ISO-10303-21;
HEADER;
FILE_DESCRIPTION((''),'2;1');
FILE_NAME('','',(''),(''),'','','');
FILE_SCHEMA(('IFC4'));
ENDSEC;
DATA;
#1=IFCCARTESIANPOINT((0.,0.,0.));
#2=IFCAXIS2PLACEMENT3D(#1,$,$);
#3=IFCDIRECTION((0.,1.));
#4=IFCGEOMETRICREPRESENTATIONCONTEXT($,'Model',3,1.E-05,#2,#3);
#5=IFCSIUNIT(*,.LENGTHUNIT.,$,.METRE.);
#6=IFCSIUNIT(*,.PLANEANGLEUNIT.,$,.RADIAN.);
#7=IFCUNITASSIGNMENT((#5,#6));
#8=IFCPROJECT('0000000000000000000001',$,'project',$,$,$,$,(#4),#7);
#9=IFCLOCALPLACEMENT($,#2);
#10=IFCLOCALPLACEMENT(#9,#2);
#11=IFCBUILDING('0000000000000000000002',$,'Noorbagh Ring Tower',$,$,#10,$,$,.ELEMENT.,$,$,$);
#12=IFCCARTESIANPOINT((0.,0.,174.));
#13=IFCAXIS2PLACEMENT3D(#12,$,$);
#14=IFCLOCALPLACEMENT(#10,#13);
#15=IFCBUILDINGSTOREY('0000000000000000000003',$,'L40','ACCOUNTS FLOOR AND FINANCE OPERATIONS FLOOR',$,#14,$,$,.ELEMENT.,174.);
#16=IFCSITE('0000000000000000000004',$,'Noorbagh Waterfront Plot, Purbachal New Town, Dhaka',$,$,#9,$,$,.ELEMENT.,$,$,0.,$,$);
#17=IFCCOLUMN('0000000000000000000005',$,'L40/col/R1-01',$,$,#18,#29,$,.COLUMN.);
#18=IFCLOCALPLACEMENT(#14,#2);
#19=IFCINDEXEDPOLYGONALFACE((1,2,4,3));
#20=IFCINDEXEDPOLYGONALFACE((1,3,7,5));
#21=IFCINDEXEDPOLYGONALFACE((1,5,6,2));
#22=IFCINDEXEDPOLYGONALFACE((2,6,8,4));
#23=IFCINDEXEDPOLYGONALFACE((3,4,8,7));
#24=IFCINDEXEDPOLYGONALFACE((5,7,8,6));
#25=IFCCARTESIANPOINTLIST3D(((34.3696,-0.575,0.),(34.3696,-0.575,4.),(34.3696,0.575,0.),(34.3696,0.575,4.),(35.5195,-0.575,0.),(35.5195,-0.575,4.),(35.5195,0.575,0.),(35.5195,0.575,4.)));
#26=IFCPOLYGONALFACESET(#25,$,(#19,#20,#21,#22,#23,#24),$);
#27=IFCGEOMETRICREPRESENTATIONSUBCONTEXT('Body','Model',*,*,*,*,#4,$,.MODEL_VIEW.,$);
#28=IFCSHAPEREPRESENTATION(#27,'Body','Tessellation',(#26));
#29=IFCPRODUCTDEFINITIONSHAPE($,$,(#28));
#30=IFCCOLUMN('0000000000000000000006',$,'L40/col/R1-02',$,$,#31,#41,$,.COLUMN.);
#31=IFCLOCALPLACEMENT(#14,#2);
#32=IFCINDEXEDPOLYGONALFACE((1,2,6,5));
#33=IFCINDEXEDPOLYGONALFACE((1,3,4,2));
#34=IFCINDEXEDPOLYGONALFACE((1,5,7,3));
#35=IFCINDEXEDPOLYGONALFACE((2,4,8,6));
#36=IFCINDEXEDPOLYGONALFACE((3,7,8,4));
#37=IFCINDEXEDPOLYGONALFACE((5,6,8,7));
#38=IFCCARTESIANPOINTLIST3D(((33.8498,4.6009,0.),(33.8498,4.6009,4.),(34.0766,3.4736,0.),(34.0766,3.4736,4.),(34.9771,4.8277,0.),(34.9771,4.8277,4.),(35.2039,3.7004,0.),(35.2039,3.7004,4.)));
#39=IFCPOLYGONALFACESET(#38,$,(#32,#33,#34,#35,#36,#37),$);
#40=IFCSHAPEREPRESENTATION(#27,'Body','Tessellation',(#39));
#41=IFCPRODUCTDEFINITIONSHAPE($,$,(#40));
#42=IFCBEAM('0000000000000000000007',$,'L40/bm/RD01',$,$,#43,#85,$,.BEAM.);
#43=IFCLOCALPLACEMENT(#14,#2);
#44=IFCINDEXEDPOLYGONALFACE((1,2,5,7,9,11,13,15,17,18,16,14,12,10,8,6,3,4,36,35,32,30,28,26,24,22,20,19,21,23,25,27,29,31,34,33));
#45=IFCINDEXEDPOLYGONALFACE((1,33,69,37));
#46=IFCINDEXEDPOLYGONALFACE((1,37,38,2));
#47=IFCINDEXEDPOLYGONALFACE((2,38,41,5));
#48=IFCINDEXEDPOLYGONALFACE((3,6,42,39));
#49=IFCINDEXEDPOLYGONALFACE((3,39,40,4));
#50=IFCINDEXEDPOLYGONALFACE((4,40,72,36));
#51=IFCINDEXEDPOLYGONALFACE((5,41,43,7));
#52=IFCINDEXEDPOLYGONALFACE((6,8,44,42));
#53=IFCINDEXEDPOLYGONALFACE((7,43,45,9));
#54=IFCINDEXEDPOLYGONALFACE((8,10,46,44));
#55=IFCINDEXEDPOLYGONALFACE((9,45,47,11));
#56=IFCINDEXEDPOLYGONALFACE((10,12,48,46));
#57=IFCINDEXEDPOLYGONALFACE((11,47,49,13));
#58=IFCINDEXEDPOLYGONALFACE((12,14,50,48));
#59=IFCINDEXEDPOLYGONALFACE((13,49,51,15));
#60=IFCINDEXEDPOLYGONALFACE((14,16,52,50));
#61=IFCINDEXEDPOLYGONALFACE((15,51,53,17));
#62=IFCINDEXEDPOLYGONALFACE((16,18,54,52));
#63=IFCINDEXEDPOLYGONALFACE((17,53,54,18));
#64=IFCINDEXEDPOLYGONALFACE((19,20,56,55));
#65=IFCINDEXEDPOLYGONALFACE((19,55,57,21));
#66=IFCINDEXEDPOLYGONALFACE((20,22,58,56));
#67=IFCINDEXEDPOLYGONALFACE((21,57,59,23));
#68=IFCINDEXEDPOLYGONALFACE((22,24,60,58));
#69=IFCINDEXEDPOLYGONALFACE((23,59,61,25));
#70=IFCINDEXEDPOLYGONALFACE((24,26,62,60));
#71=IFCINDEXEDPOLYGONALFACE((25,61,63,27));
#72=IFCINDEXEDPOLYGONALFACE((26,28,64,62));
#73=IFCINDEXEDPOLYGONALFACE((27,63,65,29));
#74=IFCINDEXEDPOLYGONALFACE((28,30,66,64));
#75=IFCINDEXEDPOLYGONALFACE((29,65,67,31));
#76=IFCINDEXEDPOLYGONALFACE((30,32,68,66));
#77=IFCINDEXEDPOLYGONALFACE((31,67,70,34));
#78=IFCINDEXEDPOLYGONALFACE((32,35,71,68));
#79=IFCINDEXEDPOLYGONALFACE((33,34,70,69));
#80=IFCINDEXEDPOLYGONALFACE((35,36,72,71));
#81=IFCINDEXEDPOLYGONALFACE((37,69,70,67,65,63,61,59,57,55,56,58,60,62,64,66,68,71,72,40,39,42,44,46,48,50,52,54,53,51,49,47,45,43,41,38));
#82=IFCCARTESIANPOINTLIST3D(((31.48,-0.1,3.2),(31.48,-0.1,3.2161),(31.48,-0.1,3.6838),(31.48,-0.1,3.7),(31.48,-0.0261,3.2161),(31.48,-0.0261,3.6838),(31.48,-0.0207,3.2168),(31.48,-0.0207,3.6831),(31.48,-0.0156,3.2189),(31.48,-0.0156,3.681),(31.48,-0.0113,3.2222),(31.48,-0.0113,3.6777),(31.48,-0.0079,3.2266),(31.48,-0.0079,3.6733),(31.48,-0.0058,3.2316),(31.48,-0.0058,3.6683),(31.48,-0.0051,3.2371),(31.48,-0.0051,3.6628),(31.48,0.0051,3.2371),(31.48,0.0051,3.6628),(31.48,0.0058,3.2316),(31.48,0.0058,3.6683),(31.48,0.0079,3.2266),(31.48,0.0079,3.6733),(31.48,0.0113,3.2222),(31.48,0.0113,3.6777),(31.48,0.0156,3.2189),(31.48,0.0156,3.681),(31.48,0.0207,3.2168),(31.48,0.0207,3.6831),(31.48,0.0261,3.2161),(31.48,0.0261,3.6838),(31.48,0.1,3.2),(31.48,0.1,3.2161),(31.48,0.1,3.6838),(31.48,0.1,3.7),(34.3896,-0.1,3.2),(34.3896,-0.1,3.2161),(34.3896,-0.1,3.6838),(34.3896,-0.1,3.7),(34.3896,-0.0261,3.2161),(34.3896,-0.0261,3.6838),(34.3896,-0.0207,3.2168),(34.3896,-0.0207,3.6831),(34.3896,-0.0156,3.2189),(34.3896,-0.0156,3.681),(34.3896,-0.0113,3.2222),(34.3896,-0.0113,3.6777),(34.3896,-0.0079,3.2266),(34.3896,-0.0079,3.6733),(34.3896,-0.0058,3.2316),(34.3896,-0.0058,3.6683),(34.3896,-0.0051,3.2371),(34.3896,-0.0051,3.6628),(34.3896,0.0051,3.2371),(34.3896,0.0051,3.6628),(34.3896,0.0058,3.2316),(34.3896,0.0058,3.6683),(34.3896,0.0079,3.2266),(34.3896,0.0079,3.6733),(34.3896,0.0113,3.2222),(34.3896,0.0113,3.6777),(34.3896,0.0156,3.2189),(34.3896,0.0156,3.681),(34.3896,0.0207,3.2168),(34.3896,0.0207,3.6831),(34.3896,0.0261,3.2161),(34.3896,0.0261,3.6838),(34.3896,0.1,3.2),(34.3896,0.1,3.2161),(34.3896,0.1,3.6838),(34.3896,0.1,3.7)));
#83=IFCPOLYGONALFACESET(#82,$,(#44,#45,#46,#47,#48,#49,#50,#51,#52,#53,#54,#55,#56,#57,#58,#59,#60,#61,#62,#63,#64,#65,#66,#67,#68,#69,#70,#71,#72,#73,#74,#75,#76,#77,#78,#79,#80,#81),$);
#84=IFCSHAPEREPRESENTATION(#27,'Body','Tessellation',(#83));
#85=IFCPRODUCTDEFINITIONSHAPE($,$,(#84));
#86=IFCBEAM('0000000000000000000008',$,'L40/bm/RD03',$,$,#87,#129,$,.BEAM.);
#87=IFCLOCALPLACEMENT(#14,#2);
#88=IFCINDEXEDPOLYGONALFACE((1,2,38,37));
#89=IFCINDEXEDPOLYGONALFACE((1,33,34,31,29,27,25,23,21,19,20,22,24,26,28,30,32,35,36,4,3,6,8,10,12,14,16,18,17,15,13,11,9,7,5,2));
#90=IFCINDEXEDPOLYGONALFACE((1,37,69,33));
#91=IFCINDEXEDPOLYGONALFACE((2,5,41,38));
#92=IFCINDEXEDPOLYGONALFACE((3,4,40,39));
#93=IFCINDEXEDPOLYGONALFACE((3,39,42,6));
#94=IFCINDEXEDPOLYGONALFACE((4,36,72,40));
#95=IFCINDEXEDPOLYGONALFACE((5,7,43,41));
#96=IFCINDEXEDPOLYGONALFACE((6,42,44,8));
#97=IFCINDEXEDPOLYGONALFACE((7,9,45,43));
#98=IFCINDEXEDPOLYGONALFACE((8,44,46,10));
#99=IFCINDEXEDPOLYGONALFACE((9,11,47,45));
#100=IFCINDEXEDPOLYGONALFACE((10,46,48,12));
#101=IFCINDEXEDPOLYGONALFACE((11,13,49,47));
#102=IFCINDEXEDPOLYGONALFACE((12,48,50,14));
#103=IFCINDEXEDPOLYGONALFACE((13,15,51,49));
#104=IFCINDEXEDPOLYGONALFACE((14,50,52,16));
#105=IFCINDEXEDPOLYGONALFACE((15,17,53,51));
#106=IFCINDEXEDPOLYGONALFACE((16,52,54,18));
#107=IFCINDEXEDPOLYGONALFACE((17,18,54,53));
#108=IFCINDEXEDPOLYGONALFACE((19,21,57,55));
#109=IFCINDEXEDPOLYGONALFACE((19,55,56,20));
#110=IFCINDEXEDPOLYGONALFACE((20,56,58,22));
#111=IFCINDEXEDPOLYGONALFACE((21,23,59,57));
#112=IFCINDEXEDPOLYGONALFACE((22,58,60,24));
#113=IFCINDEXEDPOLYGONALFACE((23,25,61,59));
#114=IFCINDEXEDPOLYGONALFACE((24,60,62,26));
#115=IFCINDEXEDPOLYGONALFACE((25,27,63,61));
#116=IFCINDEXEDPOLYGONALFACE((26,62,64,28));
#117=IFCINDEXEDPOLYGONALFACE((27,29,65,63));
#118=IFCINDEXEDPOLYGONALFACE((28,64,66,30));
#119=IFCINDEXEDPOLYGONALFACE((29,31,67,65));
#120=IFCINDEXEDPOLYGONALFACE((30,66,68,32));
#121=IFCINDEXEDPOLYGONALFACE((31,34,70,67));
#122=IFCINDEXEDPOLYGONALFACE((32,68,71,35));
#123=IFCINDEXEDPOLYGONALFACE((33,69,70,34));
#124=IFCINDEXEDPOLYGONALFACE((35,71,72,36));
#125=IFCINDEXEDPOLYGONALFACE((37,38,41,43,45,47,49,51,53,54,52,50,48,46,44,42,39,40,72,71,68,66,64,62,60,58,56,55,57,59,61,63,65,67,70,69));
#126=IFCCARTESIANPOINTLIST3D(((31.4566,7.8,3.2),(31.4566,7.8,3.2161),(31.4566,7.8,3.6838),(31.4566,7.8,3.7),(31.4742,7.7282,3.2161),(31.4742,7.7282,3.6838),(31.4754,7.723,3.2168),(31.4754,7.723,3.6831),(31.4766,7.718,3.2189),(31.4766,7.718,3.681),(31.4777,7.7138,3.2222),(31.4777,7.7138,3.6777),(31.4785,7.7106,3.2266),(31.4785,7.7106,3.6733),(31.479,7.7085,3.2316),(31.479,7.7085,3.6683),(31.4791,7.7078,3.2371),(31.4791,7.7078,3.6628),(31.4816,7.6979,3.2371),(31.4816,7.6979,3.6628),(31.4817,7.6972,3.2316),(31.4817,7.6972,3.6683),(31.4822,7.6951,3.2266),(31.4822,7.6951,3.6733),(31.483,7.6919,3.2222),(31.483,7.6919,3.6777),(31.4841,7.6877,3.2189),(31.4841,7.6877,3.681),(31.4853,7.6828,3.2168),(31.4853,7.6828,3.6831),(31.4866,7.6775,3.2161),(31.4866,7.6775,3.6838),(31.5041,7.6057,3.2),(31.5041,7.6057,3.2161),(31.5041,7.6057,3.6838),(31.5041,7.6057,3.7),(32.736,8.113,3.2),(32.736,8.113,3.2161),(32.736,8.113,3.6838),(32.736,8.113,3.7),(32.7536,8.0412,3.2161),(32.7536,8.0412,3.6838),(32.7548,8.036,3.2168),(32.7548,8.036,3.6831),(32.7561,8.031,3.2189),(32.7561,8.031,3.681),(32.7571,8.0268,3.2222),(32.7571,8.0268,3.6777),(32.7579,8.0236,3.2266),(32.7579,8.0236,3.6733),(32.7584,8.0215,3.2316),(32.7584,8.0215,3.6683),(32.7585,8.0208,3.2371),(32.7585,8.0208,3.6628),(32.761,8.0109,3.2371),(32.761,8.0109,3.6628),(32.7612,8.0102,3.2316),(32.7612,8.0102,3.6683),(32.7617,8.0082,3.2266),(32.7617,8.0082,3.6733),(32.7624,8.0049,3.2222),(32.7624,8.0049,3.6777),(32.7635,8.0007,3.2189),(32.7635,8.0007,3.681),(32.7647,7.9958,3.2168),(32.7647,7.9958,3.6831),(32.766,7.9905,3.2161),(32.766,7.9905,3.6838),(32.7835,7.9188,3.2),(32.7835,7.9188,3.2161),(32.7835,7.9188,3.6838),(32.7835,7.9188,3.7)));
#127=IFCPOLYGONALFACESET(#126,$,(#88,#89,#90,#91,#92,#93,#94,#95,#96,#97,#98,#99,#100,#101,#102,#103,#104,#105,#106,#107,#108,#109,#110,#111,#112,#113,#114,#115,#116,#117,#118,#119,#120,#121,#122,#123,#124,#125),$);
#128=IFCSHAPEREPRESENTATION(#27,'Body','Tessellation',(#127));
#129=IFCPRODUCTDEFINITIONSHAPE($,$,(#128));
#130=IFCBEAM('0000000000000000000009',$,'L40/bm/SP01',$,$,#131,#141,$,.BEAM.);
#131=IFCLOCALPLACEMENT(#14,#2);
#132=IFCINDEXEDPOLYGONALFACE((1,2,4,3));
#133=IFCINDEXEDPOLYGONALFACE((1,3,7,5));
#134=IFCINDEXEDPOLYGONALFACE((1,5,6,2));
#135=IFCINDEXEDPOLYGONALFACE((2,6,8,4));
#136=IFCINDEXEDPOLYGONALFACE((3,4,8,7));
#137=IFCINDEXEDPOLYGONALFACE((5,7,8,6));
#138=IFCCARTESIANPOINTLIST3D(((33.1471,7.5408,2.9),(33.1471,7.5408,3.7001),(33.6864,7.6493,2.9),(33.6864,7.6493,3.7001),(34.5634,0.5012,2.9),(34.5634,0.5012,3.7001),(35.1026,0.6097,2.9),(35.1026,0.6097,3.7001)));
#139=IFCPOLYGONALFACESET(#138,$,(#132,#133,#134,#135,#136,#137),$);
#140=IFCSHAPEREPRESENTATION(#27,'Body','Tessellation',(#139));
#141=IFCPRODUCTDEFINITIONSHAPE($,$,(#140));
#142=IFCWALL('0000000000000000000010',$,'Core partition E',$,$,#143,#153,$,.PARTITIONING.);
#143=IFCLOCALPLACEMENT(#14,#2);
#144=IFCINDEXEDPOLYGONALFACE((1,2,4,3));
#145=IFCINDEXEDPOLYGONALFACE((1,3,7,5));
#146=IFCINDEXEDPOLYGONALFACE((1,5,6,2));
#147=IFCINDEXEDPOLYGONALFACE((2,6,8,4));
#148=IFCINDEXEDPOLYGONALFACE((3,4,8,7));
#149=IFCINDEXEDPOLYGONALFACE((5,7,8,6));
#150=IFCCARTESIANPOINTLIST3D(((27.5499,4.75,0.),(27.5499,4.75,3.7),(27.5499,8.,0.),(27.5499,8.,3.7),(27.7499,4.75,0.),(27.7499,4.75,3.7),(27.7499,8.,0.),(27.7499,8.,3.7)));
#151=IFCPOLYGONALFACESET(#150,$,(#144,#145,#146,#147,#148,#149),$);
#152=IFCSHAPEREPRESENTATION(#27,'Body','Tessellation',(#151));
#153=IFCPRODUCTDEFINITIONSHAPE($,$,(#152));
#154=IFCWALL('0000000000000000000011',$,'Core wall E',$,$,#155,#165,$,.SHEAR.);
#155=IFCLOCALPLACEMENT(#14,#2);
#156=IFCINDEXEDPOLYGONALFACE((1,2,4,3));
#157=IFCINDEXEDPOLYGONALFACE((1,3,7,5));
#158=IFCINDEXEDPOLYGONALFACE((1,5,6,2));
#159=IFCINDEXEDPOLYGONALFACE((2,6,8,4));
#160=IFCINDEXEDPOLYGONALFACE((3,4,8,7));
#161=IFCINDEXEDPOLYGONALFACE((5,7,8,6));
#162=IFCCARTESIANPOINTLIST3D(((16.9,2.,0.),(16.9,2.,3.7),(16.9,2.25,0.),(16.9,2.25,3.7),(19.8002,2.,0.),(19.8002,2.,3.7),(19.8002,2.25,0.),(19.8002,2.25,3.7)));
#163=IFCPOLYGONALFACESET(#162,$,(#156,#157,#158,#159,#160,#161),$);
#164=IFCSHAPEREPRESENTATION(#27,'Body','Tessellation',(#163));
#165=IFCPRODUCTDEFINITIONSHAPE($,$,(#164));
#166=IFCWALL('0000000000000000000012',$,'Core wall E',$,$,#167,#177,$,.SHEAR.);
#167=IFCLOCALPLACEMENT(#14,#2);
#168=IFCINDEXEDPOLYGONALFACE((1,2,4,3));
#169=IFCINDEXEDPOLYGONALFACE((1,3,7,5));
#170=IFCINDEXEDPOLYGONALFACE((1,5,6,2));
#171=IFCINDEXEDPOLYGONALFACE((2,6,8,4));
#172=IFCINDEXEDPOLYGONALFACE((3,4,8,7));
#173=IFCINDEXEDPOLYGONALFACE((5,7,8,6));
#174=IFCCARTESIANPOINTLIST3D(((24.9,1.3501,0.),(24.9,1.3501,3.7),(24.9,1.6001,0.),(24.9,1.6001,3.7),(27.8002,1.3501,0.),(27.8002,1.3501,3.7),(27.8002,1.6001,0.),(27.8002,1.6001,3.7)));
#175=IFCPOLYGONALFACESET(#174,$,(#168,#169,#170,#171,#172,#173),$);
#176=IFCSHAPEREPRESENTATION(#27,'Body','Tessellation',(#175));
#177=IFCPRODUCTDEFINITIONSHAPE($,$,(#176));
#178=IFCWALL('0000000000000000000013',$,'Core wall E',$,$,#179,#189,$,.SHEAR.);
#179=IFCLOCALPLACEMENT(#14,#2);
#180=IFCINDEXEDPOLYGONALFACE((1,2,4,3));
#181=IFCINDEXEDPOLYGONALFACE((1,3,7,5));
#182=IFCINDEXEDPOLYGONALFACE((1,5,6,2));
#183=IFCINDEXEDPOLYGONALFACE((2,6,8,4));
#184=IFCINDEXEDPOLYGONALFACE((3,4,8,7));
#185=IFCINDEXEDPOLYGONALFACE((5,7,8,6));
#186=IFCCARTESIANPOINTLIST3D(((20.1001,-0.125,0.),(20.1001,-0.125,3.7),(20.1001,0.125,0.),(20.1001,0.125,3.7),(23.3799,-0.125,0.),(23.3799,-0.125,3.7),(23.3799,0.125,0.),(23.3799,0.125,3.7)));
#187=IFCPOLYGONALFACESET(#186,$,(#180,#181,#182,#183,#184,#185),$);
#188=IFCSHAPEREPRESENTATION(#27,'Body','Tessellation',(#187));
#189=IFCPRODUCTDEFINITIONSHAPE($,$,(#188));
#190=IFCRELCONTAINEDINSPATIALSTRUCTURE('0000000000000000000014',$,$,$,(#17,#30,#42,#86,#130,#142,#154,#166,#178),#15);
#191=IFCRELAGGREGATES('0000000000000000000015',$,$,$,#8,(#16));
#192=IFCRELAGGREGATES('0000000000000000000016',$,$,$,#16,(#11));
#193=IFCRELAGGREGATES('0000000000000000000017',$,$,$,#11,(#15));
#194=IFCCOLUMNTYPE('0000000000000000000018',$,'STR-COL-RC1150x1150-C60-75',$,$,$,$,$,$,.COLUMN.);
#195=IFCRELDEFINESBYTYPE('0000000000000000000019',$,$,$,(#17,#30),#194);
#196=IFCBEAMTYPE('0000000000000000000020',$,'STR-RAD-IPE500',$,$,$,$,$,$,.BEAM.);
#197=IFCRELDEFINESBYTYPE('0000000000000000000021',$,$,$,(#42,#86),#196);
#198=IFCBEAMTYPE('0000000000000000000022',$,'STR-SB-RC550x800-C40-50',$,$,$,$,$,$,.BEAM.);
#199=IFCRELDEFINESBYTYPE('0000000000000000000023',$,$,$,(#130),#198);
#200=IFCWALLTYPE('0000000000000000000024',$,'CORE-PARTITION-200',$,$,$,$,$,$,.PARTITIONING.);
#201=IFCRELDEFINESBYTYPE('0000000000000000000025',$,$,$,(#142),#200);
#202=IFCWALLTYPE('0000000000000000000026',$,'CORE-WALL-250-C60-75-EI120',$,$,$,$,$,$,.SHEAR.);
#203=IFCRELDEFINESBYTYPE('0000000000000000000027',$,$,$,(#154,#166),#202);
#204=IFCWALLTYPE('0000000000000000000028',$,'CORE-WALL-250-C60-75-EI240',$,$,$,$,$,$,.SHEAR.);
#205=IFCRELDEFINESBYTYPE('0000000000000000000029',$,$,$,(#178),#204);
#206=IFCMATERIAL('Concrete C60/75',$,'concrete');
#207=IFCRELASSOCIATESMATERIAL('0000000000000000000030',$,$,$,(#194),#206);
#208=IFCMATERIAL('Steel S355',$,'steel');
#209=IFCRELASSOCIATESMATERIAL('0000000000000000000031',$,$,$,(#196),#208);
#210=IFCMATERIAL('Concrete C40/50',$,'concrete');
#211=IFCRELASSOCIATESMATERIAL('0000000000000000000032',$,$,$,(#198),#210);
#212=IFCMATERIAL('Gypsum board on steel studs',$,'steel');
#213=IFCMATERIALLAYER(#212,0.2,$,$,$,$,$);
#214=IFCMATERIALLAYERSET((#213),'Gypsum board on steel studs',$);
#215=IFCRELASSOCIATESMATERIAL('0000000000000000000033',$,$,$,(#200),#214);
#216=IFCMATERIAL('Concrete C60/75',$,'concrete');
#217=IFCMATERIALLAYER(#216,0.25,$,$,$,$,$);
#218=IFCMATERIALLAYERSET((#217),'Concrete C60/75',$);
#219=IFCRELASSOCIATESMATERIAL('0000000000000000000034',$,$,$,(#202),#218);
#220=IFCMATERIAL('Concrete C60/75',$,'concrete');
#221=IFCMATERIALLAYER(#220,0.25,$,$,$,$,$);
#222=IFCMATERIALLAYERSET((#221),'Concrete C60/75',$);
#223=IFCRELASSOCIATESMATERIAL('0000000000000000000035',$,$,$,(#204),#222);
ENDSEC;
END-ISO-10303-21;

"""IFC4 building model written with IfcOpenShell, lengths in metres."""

from ifc_helpers import new_model, si_unit, direction, frame, frame_2d, origin, origin_2d, place, context, subcontext, project, spatial, rectangle, i_section, extrude, material, layer, layer_set, material_profile, profile_set, type_object, element, save


model = new_model("IFC4")

# Units and contexts
model_context = context("Model", 3, precision=1e-05, world=origin(), true_north=direction((0.0, 1.0)))
body_context = subcontext(model_context, "Body", "Model", "MODEL_VIEW")
ifc_project = project(units=[si_unit("LENGTHUNIT", "METRE"), si_unit("PLANEANGLEUNIT", "RADIAN")], contexts=[model_context])

# Site, building, storey
site_placement = place(None, origin())
site = spatial("IfcSite", under=ifc_project, at=site_placement, Name="Noorbagh Waterfront Plot, Purbachal New Town, Dhaka", CompositionType="ELEMENT", RefElevation=0.0)
building_placement = place(site_placement, origin())
building = spatial("IfcBuilding", under=site, at=building_placement, Name="Noorbagh Ring Tower", CompositionType="ELEMENT")
storey_placement = place(building_placement, frame((0.0, 0.0, 174.0)))
storey = spatial("IfcBuildingStorey", under=building, at=storey_placement, Name="L40", Description="ACCOUNTS FLOOR AND FINANCE OPERATIONS FLOOR", CompositionType="ELEMENT", Elevation=174.0)

# Columns
ifc_material_1 = material(Name="Concrete C60/75", Category="concrete")
ifc_material_profile_1 = material_profile(ifc_material_1, rectangle(XDim=1.1499, YDim=1.1499, at=origin_2d()), Name="RC1150x1150")
ifc_profile_set_1 = profile_set([ifc_material_profile_1], Name="Concrete C60/75")
column_type = type_object("IfcColumnType", Name="STR-COL-RC1150x1150-C60-75", PredefinedType="COLUMN", material=ifc_profile_set_1)
for number, where, z_axis, x_axis, name in (
    (1, (34.9446, 0.0, 0.0), (0.0, 0.0, 1.0), (0.0, 1.0, 0.0), "L40/col/R1-01"),
    (2, (34.5269, 4.1506, 0.0), (0.0, 0.0, 1.0), (-0.19723, 0.980357, 0.0), "L40/col/R1-02"),
):
    element("IfcColumn", number, at=place(storey_placement, frame(where, z_axis=z_axis, x_axis=x_axis)), inside=storey, type_object=column_type, Name=name, PredefinedType="COLUMN", context=body_context, shape_type="SweptSolid", body=[
        extrude(rectangle(XDim=1.1499, YDim=1.1499, at=origin_2d()), origin(), (0.0, 0.0, 1.0), 4.0),
    ])

# Beams
ifc_material_2 = material(Name="Steel S355", Category="steel")
ifc_material_profile_2 = material_profile(ifc_material_2, i_section(OverallWidth=0.2, OverallDepth=0.5, WebThickness=0.0103, FlangeThickness=0.0161, FilletRadius=0.021, at=origin_2d()), Name="IPE500")
ifc_profile_set_2 = profile_set([ifc_material_profile_2], Name="Steel S355")
beam_type_1 = type_object("IfcBeamType", Name="STR-RAD-IPE500", PredefinedType="BEAM", material=ifc_profile_set_2)
beam_1_placement = place(storey_placement, frame((34.3896, 0.0, 3.45), z_axis=(-1.0, 0.0, 0.0), x_axis=(0.0, -1.0, 0.0)))
element("IfcBeam", 3, at=beam_1_placement, inside=storey, type_object=beam_type_1, Name="L40/bm/RD01", PredefinedType="BEAM", context=body_context, shape_type="SweptSolid", body=[
    extrude(i_section(OverallWidth=0.2, OverallDepth=0.5, WebThickness=0.0103, FlangeThickness=0.0161, FilletRadius=0.021, at=origin_2d()), origin(), (0.0, 0.0, 1.0), 2.9097),
])
beam_2_placement = place(storey_placement, frame((32.7598, 8.0159, 3.45), z_axis=(-0.971351, -0.237647, 0.0), x_axis=(0.237647, -0.971351, 0.0)))
element("IfcBeam", 4, at=beam_2_placement, inside=storey, type_object=beam_type_1, Name="L40/bm/RD03", PredefinedType="BEAM", context=body_context, shape_type="SweptSolid", body=[
    extrude(i_section(OverallWidth=0.2, OverallDepth=0.5, WebThickness=0.0103, FlangeThickness=0.0161, FilletRadius=0.021, at=origin_2d()), origin(), (0.0, 0.0, 1.0), 1.3171),
])
ifc_material_3 = material(Name="Concrete C40/50", Category="concrete")
ifc_material_profile_3 = material_profile(ifc_material_3, rectangle(XDim=0.55, YDim=0.8, at=origin_2d()), Name="RC550x800")
ifc_profile_set_3 = profile_set([ifc_material_profile_3], Name="Concrete C40/50")
beam_type_2 = type_object("IfcBeamType", Name="STR-SB-RC550x800-C40-50", PredefinedType="BEAM", material=ifc_profile_set_3)
beam_3_placement = place(storey_placement, frame((34.833, 0.5554, 3.3), z_axis=(-0.197234, 0.980356, 0.0), x_axis=(-0.980356, -0.197234, 0.0)))
element("IfcBeam", 5, at=beam_3_placement, inside=storey, type_object=beam_type_2, Name="L40/bm/SP01", PredefinedType="BEAM", context=body_context, shape_type="SweptSolid", body=[
    extrude(rectangle(XDim=0.55, YDim=0.8, at=origin_2d()), origin(), (0.0, 0.0, 1.0), 7.1807),
])

# Walls
ifc_material_4 = material(Name="Gypsum board on steel studs", Category="steel")
ifc_layer_1 = layer(ifc_material_4, 0.2)
ifc_layer_set_1 = layer_set([ifc_layer_1], Name="Gypsum board on steel studs")
wall_type_1 = type_object("IfcWallType", Name="CORE-PARTITION-200", PredefinedType="PARTITIONING", material=ifc_layer_set_1)
wall_1_placement = place(storey_placement, frame((27.6499, 4.75, 0.0), z_axis=(0.0, 0.0, 1.0), x_axis=(0.0, 1.0, 0.0)))
element("IfcWall", 6, at=wall_1_placement, inside=storey, type_object=wall_type_1, Name="Core partition E", PredefinedType="PARTITIONING", context=body_context, shape_type="SweptSolid", body=[
    extrude(rectangle(XDim=3.25, YDim=0.2, at=frame_2d((1.625, 0.0))), origin(), (0.0, 0.0, 1.0), 3.7),
])
ifc_material_5 = material(Name="Concrete C60/75", Category="concrete")
ifc_layer_2 = layer(ifc_material_5, 0.25)
ifc_layer_set_2 = layer_set([ifc_layer_2], Name="Concrete C60/75")
wall_type_2 = type_object("IfcWallType", Name="CORE-WALL-250-C60-75-EI120", PredefinedType="SHEAR", material=ifc_layer_set_2)
for number, where, z_axis, x_axis, name in (
    (7, (16.8999, 2.125, 0.0), (0.0, 0.0, 1.0), (1.0, 0.0, 0.0), "Core wall E"),
    (8, (24.8999, 1.4751, 0.0), (0.0, 0.0, 1.0), (1.0, 0.0, 0.0), "Core wall E"),
):
    element("IfcWall", number, at=place(storey_placement, frame(where, z_axis=z_axis, x_axis=x_axis)), inside=storey, type_object=wall_type_2, Name=name, PredefinedType="SHEAR", context=body_context, shape_type="SweptSolid", body=[
        extrude(rectangle(XDim=2.9001, YDim=0.25, at=frame_2d((1.4502, 0.0))), origin(), (0.0, 0.0, 1.0), 3.7),
    ])
ifc_material_6 = material(Name="Concrete C60/75", Category="concrete")
ifc_layer_3 = layer(ifc_material_6, 0.25)
ifc_layer_set_3 = layer_set([ifc_layer_3], Name="Concrete C60/75")
wall_type_3 = type_object("IfcWallType", Name="CORE-WALL-250-C60-75-EI240", PredefinedType="SHEAR", material=ifc_layer_set_3)
wall_2_placement = place(storey_placement, frame((20.1001, 0.0, 0.0), z_axis=(0.0, 0.0, 1.0), x_axis=(1.0, 0.0, 0.0)))
element("IfcWall", 9, at=wall_2_placement, inside=storey, type_object=wall_type_3, Name="Core wall E", PredefinedType="SHEAR", context=body_context, shape_type="SweptSolid", body=[
    extrude(rectangle(XDim=3.2798, YDim=0.25, at=frame_2d((1.6399, 0.0))), origin(), (0.0, 0.0, 1.0), 3.7),
])

save(model, "model.ifc")
